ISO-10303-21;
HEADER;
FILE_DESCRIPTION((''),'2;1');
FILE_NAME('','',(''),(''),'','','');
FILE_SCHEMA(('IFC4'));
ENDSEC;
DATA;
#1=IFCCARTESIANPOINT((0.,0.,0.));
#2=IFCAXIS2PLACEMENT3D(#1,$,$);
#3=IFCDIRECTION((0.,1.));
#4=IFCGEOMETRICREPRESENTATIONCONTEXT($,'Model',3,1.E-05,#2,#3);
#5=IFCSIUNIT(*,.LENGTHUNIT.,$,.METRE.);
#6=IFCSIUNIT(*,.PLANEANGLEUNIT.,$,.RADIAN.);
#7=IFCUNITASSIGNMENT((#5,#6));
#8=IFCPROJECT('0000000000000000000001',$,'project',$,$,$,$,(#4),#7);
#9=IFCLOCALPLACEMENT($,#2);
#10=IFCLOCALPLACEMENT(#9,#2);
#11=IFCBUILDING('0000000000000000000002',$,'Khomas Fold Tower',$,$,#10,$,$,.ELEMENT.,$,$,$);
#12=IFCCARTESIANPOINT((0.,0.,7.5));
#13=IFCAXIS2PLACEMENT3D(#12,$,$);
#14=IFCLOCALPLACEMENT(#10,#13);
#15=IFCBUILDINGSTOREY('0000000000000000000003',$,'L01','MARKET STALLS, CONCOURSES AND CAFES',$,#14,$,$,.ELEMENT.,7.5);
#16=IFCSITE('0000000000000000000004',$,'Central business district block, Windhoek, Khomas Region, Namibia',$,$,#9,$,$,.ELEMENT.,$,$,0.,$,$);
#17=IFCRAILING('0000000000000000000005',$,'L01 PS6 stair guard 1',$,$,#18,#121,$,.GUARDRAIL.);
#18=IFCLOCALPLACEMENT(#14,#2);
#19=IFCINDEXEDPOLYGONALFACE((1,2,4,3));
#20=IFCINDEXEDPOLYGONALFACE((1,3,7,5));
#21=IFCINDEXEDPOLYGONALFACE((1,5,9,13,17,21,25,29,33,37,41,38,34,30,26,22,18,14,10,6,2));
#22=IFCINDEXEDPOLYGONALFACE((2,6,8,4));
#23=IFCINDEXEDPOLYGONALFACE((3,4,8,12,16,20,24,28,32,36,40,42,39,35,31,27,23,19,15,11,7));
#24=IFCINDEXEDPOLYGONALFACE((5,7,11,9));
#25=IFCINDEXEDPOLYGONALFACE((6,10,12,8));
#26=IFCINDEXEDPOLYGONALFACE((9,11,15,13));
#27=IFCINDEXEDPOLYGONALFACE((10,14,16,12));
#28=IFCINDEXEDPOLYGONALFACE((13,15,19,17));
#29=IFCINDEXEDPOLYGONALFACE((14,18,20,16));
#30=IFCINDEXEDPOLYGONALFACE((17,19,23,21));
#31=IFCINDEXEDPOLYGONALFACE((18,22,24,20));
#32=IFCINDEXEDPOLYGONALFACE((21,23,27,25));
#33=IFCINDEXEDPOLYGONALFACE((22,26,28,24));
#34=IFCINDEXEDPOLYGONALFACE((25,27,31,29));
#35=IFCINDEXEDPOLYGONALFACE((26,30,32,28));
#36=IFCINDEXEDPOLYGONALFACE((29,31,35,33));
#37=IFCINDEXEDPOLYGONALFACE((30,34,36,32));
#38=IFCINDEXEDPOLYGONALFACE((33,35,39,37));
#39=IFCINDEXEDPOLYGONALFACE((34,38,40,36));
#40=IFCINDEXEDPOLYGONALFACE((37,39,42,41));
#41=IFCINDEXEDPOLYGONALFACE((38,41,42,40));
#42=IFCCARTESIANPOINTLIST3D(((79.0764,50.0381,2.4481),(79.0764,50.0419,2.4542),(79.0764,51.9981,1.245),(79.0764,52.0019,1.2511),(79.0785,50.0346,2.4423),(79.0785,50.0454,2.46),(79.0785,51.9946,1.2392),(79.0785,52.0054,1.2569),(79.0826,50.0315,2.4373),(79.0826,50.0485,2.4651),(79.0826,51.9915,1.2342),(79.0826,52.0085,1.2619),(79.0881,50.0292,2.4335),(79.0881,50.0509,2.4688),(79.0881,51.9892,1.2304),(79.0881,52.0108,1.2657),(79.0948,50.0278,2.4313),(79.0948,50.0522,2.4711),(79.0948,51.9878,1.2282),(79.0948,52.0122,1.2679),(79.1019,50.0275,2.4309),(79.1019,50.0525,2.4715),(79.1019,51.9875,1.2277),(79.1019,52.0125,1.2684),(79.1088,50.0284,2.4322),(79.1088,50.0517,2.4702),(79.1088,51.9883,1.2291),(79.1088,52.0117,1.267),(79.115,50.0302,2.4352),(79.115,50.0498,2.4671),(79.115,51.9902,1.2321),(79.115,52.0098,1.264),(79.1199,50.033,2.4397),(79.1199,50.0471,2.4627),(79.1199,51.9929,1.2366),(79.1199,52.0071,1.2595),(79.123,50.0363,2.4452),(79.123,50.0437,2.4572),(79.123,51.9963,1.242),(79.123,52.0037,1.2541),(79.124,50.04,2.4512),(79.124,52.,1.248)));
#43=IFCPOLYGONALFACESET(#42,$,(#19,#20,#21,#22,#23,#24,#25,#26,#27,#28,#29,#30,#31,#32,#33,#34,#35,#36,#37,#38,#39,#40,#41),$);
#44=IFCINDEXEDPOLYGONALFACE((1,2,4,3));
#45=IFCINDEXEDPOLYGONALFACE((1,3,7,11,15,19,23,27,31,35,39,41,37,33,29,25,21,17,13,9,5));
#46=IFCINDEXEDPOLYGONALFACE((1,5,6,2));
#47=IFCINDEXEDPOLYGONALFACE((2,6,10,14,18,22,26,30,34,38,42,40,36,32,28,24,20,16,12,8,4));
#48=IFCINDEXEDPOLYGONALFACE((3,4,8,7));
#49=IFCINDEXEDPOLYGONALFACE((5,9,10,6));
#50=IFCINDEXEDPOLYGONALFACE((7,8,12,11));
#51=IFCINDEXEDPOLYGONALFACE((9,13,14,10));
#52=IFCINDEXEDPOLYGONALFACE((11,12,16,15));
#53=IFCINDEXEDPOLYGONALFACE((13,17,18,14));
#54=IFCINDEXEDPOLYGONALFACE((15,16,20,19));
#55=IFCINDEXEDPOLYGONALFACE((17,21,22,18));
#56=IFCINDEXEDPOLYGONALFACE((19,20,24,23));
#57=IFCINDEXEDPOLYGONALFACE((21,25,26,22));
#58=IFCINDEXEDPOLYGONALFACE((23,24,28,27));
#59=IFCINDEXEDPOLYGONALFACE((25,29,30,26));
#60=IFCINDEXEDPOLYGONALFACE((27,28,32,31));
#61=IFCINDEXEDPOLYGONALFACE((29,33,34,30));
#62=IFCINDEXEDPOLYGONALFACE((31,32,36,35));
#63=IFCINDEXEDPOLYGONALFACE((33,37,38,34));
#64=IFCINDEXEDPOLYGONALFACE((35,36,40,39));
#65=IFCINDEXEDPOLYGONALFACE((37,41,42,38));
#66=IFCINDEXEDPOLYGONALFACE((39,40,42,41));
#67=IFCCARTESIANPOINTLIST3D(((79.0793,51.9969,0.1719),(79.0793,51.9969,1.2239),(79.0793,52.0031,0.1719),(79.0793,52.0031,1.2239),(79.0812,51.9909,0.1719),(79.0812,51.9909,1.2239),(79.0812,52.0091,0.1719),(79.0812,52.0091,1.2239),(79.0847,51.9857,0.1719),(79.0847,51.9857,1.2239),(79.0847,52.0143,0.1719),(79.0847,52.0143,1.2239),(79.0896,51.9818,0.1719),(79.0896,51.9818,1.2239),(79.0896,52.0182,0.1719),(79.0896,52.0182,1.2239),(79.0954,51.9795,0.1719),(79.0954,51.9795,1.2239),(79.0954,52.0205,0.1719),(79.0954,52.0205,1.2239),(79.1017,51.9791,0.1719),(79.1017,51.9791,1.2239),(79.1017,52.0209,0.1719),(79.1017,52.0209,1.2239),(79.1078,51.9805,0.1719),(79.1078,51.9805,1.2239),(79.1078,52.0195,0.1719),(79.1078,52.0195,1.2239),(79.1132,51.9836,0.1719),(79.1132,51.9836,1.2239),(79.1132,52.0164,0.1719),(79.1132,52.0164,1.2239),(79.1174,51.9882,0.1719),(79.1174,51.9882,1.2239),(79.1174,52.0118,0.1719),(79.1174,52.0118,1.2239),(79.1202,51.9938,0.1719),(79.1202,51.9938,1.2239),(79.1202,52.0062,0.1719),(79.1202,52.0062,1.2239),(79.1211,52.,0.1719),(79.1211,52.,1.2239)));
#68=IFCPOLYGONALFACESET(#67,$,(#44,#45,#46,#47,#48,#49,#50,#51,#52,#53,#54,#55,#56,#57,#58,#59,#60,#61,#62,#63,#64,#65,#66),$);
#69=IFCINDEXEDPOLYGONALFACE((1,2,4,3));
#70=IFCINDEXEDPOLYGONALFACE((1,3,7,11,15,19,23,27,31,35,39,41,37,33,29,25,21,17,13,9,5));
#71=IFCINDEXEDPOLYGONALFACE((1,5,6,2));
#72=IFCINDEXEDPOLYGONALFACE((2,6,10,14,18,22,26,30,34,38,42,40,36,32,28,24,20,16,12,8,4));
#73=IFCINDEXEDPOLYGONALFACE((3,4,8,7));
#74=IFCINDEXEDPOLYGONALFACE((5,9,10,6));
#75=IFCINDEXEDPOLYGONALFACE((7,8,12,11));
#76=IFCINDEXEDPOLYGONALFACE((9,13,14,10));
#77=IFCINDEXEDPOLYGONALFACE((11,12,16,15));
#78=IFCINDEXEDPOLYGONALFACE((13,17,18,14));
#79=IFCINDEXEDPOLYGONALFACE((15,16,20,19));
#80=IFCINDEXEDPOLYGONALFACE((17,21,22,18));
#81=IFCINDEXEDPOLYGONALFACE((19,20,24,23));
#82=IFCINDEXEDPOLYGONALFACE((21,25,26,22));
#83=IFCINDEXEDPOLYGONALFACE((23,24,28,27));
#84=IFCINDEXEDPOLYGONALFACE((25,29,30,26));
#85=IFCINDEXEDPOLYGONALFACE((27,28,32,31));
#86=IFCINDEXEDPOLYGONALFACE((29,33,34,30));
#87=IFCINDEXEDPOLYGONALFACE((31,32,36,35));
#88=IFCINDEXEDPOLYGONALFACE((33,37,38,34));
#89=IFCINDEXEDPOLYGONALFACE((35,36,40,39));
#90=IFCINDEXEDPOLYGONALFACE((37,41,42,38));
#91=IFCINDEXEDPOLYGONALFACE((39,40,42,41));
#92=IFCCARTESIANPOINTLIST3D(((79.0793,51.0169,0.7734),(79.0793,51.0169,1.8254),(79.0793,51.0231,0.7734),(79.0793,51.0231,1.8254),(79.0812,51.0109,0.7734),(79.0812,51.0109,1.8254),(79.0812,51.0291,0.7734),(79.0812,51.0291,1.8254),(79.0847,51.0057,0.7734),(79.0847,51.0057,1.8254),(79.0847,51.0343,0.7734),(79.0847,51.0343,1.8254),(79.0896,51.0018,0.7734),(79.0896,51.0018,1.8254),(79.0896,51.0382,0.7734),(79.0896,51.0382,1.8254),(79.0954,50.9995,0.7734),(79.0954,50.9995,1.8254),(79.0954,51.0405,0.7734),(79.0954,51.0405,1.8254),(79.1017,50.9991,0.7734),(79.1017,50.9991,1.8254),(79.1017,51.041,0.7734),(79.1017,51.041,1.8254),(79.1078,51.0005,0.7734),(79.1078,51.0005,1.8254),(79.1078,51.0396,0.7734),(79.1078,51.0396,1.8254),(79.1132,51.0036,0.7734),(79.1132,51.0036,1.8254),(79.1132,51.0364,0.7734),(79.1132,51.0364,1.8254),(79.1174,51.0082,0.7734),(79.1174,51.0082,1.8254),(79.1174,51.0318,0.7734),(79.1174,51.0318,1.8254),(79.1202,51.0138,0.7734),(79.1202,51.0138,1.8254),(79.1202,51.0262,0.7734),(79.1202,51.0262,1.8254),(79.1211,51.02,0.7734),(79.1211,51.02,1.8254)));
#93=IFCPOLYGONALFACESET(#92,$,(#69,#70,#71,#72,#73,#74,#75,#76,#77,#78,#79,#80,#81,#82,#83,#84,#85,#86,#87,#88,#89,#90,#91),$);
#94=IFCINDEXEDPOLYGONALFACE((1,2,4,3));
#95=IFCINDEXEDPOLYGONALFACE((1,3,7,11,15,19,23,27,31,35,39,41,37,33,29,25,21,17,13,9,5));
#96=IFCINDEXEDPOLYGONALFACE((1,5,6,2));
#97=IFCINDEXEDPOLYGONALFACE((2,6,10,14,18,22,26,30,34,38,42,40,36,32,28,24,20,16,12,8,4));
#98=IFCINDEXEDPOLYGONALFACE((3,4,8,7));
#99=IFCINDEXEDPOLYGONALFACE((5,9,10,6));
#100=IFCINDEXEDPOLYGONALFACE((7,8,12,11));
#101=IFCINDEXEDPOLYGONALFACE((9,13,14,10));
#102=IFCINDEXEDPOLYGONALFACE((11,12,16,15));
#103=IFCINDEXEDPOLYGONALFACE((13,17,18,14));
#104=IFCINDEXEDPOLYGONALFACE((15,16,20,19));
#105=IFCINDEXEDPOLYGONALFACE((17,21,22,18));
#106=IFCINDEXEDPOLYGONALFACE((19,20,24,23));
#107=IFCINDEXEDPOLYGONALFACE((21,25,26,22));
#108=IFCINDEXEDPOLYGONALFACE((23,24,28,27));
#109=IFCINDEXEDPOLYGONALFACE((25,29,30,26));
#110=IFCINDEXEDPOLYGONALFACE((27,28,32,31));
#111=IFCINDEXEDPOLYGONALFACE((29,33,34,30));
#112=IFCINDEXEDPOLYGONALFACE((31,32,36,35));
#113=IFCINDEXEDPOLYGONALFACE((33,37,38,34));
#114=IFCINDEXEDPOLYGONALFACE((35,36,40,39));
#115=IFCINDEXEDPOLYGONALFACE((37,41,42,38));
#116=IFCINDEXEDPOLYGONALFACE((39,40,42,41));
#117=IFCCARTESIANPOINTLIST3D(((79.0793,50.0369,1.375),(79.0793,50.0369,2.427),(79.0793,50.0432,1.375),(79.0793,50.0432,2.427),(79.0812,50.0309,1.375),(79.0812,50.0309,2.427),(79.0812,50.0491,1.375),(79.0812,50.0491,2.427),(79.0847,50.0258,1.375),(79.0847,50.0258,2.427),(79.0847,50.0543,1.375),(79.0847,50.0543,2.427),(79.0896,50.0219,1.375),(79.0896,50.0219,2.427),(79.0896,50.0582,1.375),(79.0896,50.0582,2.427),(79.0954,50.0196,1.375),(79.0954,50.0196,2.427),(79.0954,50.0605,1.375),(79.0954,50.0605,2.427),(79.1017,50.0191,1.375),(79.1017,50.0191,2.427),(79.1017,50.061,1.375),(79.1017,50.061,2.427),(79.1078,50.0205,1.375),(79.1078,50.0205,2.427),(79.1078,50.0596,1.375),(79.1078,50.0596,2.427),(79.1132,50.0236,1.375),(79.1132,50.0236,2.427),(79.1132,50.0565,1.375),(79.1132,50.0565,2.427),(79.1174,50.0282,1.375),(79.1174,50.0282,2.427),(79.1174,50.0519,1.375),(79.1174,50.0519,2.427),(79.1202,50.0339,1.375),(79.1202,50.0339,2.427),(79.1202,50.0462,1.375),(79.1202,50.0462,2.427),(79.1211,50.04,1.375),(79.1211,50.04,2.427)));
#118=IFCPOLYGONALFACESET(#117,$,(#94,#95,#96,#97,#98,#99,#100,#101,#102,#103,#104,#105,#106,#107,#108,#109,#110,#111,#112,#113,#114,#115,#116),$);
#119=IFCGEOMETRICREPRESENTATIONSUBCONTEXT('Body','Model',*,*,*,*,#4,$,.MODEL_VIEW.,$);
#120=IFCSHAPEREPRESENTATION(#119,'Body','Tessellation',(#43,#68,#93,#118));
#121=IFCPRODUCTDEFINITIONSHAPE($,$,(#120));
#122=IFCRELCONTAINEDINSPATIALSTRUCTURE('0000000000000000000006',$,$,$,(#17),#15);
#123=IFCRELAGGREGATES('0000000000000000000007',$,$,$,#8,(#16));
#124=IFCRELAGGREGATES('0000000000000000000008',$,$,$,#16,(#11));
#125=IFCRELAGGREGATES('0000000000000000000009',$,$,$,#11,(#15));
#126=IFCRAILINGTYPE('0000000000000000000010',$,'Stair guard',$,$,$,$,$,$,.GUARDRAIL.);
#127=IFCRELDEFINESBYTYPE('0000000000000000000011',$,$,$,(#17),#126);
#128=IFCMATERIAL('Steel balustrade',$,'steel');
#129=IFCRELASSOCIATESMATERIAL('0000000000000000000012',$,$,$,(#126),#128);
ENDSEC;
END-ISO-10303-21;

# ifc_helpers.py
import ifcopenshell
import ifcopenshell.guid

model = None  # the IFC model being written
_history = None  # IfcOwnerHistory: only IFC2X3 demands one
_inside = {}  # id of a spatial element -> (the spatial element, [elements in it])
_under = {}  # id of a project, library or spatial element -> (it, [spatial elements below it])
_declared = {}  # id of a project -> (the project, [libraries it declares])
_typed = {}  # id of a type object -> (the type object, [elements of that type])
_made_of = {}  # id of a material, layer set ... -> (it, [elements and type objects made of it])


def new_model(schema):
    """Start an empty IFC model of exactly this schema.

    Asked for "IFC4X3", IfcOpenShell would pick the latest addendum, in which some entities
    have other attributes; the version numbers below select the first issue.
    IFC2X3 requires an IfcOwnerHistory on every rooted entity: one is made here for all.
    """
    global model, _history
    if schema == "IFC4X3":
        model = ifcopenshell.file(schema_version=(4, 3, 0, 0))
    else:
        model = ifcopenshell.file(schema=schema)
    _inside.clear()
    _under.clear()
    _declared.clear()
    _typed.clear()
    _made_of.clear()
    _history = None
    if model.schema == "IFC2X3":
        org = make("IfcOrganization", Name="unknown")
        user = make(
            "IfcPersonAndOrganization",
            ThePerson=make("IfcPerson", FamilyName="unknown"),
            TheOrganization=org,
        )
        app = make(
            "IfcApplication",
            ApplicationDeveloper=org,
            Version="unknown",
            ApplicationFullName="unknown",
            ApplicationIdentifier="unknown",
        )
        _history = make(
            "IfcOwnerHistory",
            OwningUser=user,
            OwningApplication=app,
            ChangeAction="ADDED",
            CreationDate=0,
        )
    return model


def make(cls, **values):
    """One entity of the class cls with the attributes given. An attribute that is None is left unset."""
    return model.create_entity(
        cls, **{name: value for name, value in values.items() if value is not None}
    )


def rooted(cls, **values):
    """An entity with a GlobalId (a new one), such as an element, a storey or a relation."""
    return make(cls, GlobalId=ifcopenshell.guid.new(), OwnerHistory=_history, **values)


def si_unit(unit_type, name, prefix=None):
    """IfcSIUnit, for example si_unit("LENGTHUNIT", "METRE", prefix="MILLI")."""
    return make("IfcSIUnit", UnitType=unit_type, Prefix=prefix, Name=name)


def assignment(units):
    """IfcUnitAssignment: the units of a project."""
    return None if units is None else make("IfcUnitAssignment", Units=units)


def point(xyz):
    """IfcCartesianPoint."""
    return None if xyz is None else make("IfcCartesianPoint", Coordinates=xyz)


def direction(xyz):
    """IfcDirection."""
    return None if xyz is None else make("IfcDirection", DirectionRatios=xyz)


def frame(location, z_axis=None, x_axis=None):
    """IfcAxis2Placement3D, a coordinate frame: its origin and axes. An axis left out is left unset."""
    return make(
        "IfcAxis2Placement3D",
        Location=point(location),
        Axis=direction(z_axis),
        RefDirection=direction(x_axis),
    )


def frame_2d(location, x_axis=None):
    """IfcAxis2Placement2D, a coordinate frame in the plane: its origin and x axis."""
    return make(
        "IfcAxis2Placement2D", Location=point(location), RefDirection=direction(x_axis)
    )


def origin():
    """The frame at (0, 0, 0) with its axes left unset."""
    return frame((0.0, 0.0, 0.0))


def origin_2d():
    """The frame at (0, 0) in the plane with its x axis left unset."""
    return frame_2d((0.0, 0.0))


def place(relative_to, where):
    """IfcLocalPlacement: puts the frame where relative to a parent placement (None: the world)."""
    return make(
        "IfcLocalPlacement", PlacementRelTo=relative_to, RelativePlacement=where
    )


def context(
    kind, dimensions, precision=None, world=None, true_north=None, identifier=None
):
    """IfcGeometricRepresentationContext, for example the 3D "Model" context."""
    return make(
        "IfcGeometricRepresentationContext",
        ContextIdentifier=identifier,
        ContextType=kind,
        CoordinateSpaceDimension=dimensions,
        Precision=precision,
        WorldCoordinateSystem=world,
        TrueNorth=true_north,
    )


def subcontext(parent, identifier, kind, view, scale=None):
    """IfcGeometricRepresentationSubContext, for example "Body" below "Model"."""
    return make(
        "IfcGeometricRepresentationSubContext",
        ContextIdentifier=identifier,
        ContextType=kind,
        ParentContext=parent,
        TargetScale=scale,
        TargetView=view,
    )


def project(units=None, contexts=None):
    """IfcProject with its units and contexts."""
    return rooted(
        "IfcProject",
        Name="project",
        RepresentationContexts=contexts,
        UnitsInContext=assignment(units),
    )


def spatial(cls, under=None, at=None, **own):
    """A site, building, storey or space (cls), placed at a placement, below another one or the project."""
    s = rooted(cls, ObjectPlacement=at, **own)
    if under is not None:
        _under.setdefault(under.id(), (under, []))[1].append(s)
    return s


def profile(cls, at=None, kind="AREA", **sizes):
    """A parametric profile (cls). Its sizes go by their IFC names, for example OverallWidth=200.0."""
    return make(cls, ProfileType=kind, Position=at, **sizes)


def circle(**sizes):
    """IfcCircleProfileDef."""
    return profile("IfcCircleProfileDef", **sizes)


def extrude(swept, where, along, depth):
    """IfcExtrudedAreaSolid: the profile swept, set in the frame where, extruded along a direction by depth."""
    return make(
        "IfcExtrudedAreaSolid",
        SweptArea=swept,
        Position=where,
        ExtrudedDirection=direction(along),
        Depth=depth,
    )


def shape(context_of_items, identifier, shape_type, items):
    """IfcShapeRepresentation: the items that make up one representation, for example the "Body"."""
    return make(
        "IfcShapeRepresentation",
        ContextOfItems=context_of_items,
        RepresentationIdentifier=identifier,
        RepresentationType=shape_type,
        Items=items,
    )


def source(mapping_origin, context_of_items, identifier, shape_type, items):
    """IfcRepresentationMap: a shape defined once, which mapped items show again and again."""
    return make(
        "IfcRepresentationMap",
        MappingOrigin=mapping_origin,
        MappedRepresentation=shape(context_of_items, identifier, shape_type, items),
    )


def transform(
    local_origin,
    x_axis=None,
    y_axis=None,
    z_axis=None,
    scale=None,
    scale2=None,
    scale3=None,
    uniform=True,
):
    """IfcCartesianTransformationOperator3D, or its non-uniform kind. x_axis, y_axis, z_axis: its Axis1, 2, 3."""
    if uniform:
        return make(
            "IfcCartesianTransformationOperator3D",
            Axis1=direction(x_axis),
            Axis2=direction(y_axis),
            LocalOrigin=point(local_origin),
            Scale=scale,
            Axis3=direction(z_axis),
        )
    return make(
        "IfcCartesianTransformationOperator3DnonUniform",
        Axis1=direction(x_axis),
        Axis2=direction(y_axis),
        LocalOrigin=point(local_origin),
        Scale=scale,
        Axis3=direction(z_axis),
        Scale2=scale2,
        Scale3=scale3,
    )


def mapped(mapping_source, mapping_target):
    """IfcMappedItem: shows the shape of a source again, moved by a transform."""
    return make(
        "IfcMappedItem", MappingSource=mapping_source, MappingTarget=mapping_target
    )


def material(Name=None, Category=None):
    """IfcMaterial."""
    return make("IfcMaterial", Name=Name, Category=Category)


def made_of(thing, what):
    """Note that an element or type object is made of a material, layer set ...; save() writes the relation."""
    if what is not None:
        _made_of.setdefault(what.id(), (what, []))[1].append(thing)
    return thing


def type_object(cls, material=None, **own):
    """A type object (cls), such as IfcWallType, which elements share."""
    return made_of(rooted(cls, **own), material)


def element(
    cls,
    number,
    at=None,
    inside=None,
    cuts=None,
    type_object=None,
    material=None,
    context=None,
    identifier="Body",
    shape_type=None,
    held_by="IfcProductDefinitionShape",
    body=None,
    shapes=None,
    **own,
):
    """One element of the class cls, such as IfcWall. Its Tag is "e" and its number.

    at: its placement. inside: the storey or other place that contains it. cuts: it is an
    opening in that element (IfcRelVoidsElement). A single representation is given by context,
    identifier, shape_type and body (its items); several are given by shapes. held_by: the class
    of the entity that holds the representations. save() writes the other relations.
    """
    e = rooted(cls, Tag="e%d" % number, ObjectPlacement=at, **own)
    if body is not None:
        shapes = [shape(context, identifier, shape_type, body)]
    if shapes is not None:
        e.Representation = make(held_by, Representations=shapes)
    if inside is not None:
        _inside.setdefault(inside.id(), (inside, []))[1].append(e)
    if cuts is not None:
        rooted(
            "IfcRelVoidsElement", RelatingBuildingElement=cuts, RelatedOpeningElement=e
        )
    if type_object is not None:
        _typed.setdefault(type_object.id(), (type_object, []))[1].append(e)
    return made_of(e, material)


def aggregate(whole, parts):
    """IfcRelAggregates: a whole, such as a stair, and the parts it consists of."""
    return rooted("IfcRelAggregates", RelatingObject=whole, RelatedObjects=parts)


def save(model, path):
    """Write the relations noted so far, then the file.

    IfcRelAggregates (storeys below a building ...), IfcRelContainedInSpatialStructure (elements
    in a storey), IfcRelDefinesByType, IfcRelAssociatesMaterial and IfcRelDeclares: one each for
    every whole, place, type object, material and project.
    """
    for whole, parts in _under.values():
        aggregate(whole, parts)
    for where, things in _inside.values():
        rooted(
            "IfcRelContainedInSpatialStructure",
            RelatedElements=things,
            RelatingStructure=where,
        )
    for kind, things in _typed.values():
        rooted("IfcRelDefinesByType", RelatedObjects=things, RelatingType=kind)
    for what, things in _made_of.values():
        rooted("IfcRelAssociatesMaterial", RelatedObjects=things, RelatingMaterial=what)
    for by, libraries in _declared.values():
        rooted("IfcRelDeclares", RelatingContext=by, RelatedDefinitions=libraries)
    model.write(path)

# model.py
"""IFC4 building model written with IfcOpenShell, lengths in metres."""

from ifc_helpers import new_model, si_unit, direction, frame, origin, origin_2d, place, context, subcontext, project, spatial, circle, extrude, source, transform, mapped, material, type_object, element, save


model = new_model("IFC4")

# Units and contexts
model_context = context("Model", 3, precision=1e-05, world=origin(), true_north=direction((0.0, 1.0)))
body_context = subcontext(model_context, "Body", "Model", "MODEL_VIEW")
ifc_project = project(units=[si_unit("LENGTHUNIT", "METRE"), si_unit("PLANEANGLEUNIT", "RADIAN")], contexts=[model_context])

# Site, building, storey
site_placement = place(None, origin())
site = spatial("IfcSite", under=ifc_project, at=site_placement, Name="Central business district block, Windhoek, Khomas Region, Namibia", CompositionType="ELEMENT", RefElevation=0.0)
building_placement = place(site_placement, origin())
building = spatial("IfcBuilding", under=site, at=building_placement, Name="Khomas Fold Tower", CompositionType="ELEMENT")
storey_placement = place(building_placement, frame((0.0, 0.0, 7.5)))
storey = spatial("IfcBuildingStorey", under=building, at=storey_placement, Name="L01", Description="MARKET STALLS, CONCOURSES AND CAFES", CompositionType="ELEMENT", Elevation=7.5)

# Railing
ifc_material_1 = material(Name="Steel balustrade", Category="steel")
railing_type_1 = type_object("IfcRailingType", Name="Stair guard", PredefinedType="GUARDRAIL", material=ifc_material_1)
shared_shape_1 = source(origin(), body_context, "Body", "SweptSolid", [
    extrude(circle(Radius=0.0239, at=origin_2d()), frame((0.0, 0.0, 1.0762), z_axis=(0.0, -0.852241, 0.523149), x_axis=(1.0, 0.0, 0.0)), (0.0, 0.0, 1.0), 2.2998),
    extrude(circle(Radius=0.021, at=origin_2d()), origin(), (0.0, 0.0, 1.0), 1.052),
    extrude(circle(Radius=0.021, at=origin_2d()), frame((0.0, -0.98, 0.6016)), (0.0, 0.0, 1.0), 1.052),
    extrude(circle(Radius=0.021, at=origin_2d()), frame((0.0, -1.96, 1.2031)), (0.0, 0.0, 1.0), 1.052),
])
for number, where, name in (
    (1, (79.1001, 52.0, 0.1719), "L01 PS6 stair guard 1"),
):
    element("IfcRailing", number, at=place(storey_placement, frame(where)), inside=storey, type_object=railing_type_1, Name=name, PredefinedType="GUARDRAIL", context=body_context, shape_type="MappedRepresentation", body=[
        mapped(shared_shape_1, transform((0.0, 0.0, 0.0))),
    ])

save(model, "model.ifc")
